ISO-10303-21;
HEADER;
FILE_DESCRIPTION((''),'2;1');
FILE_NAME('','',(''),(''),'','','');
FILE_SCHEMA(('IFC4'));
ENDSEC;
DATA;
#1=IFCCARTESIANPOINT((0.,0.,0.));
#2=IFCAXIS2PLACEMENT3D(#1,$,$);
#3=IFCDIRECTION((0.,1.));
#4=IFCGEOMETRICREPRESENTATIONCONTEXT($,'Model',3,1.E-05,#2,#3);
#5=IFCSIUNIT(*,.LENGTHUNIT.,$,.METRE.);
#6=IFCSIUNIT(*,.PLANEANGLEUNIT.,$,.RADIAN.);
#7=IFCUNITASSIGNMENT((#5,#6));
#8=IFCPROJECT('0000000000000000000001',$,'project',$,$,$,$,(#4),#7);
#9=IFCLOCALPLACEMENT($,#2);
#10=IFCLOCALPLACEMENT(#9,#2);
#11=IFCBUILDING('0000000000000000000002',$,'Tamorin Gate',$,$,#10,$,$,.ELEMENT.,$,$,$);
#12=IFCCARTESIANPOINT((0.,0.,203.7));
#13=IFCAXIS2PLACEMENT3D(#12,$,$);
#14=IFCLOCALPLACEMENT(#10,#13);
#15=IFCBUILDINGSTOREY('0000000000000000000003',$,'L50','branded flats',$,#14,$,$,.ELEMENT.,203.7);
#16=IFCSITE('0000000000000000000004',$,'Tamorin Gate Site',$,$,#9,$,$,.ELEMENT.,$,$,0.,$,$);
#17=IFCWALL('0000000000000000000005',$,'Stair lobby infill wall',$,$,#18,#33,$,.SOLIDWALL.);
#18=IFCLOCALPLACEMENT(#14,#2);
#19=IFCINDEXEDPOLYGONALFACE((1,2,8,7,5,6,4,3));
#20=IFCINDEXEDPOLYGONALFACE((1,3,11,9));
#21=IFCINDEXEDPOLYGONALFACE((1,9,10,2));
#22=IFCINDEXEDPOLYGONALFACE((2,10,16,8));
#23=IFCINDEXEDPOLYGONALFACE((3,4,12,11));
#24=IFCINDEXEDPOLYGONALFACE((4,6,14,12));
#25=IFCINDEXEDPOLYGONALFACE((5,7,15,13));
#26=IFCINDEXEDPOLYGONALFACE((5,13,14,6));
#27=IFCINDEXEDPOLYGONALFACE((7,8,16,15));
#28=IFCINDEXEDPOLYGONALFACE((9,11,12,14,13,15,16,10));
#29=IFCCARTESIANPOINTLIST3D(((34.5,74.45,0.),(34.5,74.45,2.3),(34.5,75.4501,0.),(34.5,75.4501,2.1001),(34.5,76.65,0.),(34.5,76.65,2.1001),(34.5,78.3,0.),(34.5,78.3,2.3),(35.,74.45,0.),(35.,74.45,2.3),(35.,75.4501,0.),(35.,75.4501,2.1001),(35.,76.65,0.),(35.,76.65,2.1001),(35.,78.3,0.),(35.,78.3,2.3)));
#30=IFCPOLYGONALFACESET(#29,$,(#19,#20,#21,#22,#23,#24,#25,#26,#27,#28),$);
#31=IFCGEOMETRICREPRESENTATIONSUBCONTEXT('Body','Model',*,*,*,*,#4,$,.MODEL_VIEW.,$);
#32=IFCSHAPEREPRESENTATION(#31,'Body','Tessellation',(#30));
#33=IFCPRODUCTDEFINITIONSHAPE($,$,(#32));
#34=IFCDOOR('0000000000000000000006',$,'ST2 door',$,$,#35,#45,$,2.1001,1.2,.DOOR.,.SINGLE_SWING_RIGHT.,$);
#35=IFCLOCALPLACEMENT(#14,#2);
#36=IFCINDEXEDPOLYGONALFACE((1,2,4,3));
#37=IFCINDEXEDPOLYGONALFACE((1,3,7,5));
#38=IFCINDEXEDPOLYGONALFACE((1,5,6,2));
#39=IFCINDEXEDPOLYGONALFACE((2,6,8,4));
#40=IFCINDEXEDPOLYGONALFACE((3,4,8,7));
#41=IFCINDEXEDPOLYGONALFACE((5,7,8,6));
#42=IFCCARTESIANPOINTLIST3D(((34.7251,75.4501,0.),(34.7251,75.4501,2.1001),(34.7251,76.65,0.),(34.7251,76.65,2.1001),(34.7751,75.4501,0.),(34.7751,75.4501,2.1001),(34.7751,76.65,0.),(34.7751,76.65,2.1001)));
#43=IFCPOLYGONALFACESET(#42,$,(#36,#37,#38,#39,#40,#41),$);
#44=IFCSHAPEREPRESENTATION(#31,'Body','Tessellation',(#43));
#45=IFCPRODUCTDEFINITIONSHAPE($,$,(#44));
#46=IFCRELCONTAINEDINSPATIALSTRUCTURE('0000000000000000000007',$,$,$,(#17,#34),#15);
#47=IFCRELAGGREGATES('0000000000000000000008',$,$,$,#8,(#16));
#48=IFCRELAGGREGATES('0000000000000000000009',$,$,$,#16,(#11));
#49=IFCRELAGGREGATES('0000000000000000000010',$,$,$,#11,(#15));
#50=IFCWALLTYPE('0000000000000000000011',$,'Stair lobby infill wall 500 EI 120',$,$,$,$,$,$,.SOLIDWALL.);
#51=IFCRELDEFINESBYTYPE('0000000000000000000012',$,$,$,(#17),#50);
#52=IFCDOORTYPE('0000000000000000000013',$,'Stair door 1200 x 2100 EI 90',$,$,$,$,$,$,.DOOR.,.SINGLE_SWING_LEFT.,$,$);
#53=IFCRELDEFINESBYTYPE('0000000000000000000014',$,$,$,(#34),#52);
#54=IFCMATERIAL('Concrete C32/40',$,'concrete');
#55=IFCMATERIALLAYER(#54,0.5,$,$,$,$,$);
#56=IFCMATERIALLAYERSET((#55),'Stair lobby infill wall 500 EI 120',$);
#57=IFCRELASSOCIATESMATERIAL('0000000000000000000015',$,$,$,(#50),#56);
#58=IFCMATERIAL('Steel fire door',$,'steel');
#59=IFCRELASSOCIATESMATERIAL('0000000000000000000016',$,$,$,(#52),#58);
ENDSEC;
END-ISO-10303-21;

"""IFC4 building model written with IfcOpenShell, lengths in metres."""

from ifc_helpers import new_model, si_unit, direction, frame, frame_2d, origin, place, context, subcontext, project, spatial, rectangle, extrude, material, layer, layer_set, type_object, element, fill, save


model = new_model("IFC4")

# Units and contexts
model_context = context("Model", 3, precision=1e-05, world=origin(), true_north=direction((0.0, 1.0)))
body_context = subcontext(model_context, "Body", "Model", "MODEL_VIEW")
ifc_project = project(units=[si_unit("LENGTHUNIT", "METRE"), si_unit("PLANEANGLEUNIT", "RADIAN")], contexts=[model_context])

# Site, building, storey
site_placement = place(None, origin())
site = spatial("IfcSite", under=ifc_project, at=site_placement, Name="Tamorin Gate Site", CompositionType="ELEMENT", RefElevation=0.0)
building_placement = place(site_placement, origin())
building = spatial("IfcBuilding", under=site, at=building_placement, Name="Tamorin Gate", CompositionType="ELEMENT")
storey_placement = place(building_placement, frame((0.0, 0.0, 203.7)))
storey = spatial("IfcBuildingStorey", under=building, at=storey_placement, Name="L50", Description="branded flats", CompositionType="ELEMENT", Elevation=203.7)

# Wall, opening, door
ifc_material_1 = material(Name="Steel fire door", Category="steel")
ifc_material_2 = material(Name="Concrete C32/40", Category="concrete")
ifc_layer_1 = layer(ifc_material_2, 0.5)
ifc_layer_set_1 = layer_set([ifc_layer_1], Name="Stair lobby infill wall 500 EI 120")
wall_type_1 = type_object("IfcWallType", Name="Stair lobby infill wall 500 EI 120", PredefinedType="SOLIDWALL", material=ifc_layer_set_1)
door_type_1 = type_object("IfcDoorType", Name="Stair door 1200 x 2100 EI 90", OperationType="SINGLE_SWING_LEFT", PredefinedType="DOOR", material=ifc_material_1)
wall_1_placement = place(storey_placement, frame((34.75, 74.45, 0.0), z_axis=(0.0, 0.0, 1.0), x_axis=(0.0, 1.0, 0.0)))
wall_1 = element("IfcWall", 1, at=wall_1_placement, inside=storey, type_object=wall_type_1, Name="Stair lobby infill wall", PredefinedType="SOLIDWALL", context=body_context, shape_type="SweptSolid", body=[
    extrude(rectangle(XDim=3.8501, YDim=0.5, at=frame_2d((1.925, 0.0))), origin(), (0.0, 0.0, 1.0), 2.3),
])
opening_1_placement = place(wall_1_placement, frame((1.0, 0.0, 0.0)))
opening_1 = element("IfcOpeningElement", 2, at=opening_1_placement, cuts=wall_1, PredefinedType="OPENING", context=body_context, shape_type="SweptSolid", body=[
    extrude(rectangle(XDim=1.2, YDim=2.1001, at=frame_2d((0.6001, 1.05))), frame((0.0, 0.26, 0.0), z_axis=(0.0, -1.0, 0.0), x_axis=(1.0, 0.0, 0.0)), (0.0, 0.0, 1.0), 0.52),
])
door_1_placement = place(opening_1_placement, origin())
door_1 = element("IfcDoor", 3, at=door_1_placement, inside=storey, type_object=door_type_1, Name="ST2 door", OperationType="SINGLE_SWING_RIGHT", OverallHeight=2.1001, OverallWidth=1.2, PredefinedType="DOOR", context=body_context, shape_type="SweptSolid", body=[
    extrude(rectangle(XDim=1.2, YDim=2.1001, at=frame_2d((0.6001, 1.05))), frame((0.0, 0.0249, 0.0), z_axis=(0.0, -1.0, 0.0), x_axis=(1.0, 0.0, 0.0)), (0.0, 0.0, 1.0), 0.05),
])
fill(opening_1, door_1)

save(model, "model.ifc")
